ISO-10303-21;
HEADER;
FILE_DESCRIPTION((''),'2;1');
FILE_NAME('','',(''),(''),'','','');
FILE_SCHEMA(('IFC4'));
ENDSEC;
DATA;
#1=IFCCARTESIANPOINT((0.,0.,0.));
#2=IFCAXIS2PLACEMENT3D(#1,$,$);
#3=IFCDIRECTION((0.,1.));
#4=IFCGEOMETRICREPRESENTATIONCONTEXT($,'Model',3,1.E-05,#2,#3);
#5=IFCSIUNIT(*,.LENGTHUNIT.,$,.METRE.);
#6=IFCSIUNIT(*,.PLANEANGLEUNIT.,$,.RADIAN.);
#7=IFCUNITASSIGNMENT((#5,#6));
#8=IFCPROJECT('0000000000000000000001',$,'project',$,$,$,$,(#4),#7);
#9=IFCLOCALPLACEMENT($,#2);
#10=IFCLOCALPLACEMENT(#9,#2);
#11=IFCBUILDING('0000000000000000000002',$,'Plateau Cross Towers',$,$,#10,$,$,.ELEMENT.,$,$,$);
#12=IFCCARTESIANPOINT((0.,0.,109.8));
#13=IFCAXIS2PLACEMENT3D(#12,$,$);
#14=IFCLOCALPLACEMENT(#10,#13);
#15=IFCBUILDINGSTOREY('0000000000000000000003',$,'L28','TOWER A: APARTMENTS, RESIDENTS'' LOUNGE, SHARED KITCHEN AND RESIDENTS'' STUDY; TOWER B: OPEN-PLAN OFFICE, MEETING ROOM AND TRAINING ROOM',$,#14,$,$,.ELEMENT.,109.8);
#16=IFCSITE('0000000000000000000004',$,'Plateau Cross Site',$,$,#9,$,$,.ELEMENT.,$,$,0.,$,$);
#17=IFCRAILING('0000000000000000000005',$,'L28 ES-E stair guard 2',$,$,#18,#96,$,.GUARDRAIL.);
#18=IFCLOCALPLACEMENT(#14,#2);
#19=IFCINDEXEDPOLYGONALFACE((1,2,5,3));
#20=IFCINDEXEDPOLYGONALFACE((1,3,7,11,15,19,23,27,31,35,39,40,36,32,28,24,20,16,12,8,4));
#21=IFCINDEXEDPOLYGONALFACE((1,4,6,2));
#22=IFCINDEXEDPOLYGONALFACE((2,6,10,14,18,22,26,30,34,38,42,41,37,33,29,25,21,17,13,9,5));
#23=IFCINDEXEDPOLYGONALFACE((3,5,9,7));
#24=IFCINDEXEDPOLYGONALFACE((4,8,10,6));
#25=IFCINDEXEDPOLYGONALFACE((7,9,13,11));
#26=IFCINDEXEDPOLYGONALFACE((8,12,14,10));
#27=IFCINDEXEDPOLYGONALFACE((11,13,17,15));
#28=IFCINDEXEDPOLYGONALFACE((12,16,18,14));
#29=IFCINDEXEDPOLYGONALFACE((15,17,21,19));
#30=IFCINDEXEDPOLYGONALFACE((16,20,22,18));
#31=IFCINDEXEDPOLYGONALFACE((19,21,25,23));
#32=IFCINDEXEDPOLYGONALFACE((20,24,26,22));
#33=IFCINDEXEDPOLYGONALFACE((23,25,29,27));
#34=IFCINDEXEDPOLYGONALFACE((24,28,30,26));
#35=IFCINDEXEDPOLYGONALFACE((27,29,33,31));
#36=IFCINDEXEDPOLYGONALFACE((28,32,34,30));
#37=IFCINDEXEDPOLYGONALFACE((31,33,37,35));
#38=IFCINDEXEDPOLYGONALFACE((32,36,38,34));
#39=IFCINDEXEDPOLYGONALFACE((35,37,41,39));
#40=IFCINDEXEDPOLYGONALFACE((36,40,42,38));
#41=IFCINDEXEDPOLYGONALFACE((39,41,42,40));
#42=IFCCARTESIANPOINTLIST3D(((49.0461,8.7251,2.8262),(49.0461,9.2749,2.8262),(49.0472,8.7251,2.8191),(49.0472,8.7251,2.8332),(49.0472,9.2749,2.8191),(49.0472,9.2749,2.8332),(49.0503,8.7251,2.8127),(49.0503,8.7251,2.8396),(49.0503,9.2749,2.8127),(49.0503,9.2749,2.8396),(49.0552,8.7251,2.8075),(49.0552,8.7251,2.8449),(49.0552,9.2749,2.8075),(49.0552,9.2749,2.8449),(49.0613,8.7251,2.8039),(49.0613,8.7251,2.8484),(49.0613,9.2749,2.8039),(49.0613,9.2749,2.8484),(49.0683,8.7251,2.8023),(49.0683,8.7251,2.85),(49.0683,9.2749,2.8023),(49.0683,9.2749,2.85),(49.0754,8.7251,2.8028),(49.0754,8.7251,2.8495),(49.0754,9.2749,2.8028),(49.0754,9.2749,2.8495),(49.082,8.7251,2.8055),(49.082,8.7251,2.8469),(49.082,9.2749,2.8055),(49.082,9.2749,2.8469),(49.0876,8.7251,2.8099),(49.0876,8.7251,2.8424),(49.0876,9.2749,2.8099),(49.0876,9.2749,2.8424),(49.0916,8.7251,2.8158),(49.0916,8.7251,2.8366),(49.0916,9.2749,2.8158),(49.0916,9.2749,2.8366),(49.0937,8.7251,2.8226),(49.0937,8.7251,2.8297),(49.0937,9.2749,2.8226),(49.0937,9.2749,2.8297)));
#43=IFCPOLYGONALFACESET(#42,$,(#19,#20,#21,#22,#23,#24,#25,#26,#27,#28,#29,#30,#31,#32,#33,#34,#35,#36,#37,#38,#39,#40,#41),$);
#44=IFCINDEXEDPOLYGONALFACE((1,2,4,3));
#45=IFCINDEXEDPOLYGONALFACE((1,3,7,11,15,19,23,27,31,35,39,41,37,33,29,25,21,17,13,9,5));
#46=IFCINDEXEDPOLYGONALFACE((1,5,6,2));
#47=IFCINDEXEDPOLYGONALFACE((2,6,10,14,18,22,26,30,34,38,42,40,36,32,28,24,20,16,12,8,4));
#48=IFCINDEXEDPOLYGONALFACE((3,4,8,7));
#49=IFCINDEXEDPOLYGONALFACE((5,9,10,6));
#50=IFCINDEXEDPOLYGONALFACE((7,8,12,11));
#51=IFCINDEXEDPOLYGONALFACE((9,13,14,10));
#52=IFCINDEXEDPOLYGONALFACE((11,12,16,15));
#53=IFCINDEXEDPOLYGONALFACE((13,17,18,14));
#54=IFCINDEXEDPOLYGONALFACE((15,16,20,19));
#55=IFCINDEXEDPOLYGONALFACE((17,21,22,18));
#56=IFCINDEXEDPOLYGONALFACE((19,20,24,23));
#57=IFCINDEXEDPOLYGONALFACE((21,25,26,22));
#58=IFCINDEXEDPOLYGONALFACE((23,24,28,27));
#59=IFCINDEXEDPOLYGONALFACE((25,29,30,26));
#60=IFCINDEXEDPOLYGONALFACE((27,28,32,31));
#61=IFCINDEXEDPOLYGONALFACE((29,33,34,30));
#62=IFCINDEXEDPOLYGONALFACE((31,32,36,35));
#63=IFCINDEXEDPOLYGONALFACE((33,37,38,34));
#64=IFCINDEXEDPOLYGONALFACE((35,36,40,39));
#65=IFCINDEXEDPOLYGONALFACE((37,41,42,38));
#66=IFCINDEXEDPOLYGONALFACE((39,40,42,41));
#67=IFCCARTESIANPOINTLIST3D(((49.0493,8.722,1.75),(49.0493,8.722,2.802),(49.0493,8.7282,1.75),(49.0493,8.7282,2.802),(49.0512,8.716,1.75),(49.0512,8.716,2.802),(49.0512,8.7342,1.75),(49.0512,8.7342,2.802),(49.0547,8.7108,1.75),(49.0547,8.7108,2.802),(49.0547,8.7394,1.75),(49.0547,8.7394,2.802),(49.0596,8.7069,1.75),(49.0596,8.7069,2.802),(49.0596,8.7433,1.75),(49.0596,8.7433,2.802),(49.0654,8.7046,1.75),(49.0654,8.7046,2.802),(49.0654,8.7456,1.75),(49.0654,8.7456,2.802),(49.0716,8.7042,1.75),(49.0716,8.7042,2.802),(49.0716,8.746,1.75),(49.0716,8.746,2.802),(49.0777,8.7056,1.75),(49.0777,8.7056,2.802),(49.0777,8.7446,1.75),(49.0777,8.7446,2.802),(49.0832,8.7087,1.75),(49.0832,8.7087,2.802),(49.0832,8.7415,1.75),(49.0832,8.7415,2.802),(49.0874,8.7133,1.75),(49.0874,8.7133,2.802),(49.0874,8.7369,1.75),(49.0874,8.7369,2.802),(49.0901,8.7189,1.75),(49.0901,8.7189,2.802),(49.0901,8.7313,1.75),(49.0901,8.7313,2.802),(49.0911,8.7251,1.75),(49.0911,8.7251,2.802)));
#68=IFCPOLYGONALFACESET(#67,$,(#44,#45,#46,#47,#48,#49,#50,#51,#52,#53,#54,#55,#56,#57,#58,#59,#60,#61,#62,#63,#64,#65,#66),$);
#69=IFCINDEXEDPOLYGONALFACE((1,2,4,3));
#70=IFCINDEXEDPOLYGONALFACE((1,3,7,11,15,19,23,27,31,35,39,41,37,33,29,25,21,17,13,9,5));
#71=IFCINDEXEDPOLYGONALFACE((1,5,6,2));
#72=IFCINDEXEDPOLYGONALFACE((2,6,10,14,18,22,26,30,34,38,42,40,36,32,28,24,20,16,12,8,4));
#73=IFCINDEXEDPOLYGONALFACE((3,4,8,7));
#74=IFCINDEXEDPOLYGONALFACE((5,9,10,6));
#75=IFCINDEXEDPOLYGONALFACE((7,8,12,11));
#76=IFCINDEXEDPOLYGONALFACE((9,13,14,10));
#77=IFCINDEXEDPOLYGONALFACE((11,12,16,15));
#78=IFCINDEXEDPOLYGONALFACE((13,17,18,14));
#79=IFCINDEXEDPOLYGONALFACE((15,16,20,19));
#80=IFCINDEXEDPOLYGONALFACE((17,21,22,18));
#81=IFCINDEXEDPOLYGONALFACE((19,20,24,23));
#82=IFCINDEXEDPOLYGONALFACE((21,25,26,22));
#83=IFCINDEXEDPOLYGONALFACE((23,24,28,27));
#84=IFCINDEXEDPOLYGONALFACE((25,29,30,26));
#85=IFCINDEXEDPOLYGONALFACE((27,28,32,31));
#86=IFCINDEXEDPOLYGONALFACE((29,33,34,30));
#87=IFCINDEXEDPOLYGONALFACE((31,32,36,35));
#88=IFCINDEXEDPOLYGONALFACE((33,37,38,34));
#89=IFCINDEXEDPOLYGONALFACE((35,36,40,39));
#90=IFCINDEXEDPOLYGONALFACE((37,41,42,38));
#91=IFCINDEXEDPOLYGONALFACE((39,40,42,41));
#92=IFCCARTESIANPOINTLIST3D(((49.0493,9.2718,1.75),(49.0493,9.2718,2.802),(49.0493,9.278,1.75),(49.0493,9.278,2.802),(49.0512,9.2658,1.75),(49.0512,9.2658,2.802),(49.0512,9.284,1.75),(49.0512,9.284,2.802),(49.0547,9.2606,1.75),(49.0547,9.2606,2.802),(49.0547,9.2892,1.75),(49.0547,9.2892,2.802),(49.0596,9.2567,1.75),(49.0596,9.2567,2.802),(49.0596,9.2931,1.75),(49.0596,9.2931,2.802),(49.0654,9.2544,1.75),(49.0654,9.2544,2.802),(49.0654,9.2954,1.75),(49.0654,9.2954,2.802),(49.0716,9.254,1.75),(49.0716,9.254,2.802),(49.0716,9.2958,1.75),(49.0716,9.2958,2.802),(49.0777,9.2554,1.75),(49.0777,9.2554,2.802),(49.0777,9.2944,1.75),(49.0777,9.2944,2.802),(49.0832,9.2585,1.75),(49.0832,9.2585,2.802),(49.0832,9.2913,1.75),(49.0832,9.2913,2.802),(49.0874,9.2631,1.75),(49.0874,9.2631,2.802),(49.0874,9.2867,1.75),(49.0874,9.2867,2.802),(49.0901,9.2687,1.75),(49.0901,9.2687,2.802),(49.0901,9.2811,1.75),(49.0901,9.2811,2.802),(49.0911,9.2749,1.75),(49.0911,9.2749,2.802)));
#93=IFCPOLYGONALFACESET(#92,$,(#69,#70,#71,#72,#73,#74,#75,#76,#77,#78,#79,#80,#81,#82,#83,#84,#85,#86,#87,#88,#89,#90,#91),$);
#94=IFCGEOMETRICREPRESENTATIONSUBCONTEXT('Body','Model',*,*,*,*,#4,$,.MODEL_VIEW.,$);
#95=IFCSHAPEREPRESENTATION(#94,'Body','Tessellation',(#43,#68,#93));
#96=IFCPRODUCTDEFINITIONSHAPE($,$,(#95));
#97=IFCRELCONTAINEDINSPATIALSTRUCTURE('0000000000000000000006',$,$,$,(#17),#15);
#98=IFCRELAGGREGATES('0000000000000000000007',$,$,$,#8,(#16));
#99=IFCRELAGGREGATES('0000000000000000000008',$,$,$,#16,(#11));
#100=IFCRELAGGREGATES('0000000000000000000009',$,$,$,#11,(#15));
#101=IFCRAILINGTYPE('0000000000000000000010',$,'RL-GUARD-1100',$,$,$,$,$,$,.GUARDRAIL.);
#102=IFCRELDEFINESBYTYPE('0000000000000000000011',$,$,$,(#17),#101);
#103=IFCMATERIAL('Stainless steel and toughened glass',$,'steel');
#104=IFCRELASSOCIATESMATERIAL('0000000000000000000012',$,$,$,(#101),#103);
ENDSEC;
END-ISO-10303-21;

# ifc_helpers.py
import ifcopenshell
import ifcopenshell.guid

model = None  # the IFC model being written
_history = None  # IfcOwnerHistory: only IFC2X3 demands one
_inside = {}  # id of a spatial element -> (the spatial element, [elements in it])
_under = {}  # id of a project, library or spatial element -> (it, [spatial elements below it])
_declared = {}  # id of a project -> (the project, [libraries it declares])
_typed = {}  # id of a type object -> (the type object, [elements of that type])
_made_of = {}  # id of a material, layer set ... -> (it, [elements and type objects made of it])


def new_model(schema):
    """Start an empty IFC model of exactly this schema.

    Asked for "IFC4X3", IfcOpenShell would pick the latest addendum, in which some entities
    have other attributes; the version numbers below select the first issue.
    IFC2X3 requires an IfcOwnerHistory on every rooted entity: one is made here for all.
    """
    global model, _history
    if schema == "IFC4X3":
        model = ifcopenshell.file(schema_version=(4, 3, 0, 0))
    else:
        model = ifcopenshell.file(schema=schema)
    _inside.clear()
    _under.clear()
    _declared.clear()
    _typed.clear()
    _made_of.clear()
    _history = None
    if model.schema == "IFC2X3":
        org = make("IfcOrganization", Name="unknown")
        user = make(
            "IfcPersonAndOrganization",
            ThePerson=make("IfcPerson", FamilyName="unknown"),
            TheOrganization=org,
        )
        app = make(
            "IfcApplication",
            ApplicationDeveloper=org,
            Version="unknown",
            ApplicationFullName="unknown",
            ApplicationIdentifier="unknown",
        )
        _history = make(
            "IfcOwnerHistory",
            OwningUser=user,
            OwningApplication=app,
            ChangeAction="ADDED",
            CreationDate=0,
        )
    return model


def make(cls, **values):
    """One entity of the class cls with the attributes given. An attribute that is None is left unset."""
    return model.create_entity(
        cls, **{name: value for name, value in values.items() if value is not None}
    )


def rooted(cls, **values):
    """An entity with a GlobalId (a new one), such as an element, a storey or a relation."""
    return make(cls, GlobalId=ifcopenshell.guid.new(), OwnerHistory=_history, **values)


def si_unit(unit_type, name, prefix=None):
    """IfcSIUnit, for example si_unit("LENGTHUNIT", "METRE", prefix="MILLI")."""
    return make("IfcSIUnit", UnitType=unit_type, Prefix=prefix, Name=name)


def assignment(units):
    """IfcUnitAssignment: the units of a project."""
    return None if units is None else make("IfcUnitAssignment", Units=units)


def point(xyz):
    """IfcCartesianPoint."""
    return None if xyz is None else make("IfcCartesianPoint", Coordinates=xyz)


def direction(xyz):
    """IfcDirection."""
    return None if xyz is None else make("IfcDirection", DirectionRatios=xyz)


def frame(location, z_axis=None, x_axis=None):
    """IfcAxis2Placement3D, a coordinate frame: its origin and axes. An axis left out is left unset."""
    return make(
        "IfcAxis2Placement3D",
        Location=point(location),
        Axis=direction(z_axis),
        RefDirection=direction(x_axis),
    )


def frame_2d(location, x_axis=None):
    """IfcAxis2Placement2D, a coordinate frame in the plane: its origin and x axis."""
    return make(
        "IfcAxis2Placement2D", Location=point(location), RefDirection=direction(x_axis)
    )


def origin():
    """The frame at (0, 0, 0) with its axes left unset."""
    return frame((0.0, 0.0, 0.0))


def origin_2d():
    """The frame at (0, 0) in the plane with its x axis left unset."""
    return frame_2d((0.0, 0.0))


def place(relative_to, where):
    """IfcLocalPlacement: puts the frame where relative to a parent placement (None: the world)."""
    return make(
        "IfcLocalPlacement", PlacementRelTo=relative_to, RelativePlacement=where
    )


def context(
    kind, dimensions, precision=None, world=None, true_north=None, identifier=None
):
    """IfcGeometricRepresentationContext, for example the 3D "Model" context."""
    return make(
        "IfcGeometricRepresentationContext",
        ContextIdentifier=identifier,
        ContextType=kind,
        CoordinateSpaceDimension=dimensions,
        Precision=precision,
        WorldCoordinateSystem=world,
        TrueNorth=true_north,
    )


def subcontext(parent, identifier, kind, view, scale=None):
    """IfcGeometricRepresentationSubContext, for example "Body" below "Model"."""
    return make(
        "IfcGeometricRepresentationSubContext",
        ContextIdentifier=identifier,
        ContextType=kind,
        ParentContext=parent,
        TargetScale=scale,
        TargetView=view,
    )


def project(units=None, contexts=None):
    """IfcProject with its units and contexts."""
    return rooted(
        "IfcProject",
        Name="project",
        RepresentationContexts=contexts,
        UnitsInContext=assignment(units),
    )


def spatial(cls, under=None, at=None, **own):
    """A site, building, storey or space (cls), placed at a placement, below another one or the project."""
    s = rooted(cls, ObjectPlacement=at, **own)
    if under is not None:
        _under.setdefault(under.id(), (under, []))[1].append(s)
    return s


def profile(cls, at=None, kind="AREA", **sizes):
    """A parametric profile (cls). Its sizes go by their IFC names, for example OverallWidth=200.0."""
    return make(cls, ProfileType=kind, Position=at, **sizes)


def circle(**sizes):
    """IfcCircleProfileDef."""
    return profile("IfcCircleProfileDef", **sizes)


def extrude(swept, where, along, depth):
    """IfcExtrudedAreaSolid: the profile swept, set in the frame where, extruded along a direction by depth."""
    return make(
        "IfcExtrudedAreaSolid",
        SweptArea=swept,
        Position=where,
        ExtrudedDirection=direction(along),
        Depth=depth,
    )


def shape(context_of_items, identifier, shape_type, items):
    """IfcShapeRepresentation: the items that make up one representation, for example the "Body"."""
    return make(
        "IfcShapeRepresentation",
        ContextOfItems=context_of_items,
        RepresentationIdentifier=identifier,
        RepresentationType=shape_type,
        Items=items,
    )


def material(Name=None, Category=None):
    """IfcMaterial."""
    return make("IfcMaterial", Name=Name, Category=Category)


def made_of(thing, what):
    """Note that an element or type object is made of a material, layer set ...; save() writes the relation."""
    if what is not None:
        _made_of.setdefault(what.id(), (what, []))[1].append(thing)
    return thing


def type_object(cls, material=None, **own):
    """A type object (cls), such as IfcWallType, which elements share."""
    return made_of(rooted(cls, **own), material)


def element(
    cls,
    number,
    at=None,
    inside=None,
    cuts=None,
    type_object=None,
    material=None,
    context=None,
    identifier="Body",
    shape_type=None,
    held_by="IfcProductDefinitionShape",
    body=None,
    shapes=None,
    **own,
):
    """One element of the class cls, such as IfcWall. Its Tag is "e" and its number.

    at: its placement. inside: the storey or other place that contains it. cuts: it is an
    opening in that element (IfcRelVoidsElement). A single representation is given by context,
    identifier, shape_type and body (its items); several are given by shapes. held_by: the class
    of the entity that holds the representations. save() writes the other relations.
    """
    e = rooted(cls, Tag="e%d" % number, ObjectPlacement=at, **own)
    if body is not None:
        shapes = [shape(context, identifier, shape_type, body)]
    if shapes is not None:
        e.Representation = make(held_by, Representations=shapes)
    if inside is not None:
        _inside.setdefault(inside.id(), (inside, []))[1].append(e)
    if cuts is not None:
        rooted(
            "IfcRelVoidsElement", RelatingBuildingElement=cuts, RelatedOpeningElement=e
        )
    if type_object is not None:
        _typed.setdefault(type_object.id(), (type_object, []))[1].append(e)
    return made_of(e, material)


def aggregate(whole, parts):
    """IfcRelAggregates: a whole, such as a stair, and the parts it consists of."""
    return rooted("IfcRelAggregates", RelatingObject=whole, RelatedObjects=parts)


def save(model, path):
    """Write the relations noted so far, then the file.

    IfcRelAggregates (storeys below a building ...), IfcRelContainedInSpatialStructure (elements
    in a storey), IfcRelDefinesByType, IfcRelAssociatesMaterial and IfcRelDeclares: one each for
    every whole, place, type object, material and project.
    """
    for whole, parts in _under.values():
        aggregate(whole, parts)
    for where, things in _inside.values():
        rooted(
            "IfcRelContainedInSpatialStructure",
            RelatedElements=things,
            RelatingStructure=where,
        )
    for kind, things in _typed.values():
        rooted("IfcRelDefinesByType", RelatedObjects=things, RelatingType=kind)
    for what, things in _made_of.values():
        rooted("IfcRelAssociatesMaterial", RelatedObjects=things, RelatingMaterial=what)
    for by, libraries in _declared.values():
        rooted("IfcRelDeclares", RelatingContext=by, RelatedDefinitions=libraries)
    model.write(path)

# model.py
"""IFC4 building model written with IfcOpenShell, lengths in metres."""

from ifc_helpers import new_model, si_unit, direction, frame, origin, origin_2d, place, context, subcontext, project, spatial, circle, extrude, material, type_object, element, save


model = new_model("IFC4")

# Units and contexts
model_context = context("Model", 3, precision=1e-05, world=origin(), true_north=direction((0.0, 1.0)))
body_context = subcontext(model_context, "Body", "Model", "MODEL_VIEW")
ifc_project = project(units=[si_unit("LENGTHUNIT", "METRE"), si_unit("PLANEANGLEUNIT", "RADIAN")], contexts=[model_context])

# Site, building, storey
site_placement = place(None, origin())
site = spatial("IfcSite", under=ifc_project, at=site_placement, Name="Plateau Cross Site", CompositionType="ELEMENT", RefElevation=0.0)
building_placement = place(site_placement, origin())
building = spatial("IfcBuilding", under=site, at=building_placement, Name="Plateau Cross Towers", CompositionType="ELEMENT")
storey_placement = place(building_placement, frame((0.0, 0.0, 109.8)))
storey = spatial("IfcBuildingStorey", under=building, at=storey_placement, Name="L28", Description="TOWER A: APARTMENTS, RESIDENTS' LOUNGE, SHARED KITCHEN AND RESIDENTS' STUDY; TOWER B: OPEN-PLAN OFFICE, MEETING ROOM AND TRAINING ROOM", CompositionType="ELEMENT", Elevation=109.8)

# Railing
ifc_material_1 = material(Name="Stainless steel and toughened glass", Category="steel")
railing_type_1 = type_object("IfcRailingType", Name="RL-GUARD-1100", PredefinedType="GUARDRAIL", material=ifc_material_1)
railing_1_placement = place(storey_placement, frame((49.0701, 8.7251, 1.75)))
element("IfcRailing", 1, at=railing_1_placement, inside=storey, type_object=railing_type_1, Name="L28 ES-E stair guard 2", PredefinedType="GUARDRAIL", context=body_context, shape_type="SweptSolid", body=[
    extrude(circle(Radius=0.0239, at=origin_2d()), frame((0.0, 0.0, 1.0762), z_axis=(0.0, 1.0, 0.0), x_axis=(-1.0, 0.0, 0.0)), (0.0, 0.0, 1.0), 0.5498),
    extrude(circle(Radius=0.021, at=origin_2d()), origin(), (0.0, 0.0, 1.0), 1.052),
    extrude(circle(Radius=0.021, at=origin_2d()), frame((0.0, 0.5498, 0.0)), (0.0, 0.0, 1.0), 1.052),
])

save(model, "model.ifc")
